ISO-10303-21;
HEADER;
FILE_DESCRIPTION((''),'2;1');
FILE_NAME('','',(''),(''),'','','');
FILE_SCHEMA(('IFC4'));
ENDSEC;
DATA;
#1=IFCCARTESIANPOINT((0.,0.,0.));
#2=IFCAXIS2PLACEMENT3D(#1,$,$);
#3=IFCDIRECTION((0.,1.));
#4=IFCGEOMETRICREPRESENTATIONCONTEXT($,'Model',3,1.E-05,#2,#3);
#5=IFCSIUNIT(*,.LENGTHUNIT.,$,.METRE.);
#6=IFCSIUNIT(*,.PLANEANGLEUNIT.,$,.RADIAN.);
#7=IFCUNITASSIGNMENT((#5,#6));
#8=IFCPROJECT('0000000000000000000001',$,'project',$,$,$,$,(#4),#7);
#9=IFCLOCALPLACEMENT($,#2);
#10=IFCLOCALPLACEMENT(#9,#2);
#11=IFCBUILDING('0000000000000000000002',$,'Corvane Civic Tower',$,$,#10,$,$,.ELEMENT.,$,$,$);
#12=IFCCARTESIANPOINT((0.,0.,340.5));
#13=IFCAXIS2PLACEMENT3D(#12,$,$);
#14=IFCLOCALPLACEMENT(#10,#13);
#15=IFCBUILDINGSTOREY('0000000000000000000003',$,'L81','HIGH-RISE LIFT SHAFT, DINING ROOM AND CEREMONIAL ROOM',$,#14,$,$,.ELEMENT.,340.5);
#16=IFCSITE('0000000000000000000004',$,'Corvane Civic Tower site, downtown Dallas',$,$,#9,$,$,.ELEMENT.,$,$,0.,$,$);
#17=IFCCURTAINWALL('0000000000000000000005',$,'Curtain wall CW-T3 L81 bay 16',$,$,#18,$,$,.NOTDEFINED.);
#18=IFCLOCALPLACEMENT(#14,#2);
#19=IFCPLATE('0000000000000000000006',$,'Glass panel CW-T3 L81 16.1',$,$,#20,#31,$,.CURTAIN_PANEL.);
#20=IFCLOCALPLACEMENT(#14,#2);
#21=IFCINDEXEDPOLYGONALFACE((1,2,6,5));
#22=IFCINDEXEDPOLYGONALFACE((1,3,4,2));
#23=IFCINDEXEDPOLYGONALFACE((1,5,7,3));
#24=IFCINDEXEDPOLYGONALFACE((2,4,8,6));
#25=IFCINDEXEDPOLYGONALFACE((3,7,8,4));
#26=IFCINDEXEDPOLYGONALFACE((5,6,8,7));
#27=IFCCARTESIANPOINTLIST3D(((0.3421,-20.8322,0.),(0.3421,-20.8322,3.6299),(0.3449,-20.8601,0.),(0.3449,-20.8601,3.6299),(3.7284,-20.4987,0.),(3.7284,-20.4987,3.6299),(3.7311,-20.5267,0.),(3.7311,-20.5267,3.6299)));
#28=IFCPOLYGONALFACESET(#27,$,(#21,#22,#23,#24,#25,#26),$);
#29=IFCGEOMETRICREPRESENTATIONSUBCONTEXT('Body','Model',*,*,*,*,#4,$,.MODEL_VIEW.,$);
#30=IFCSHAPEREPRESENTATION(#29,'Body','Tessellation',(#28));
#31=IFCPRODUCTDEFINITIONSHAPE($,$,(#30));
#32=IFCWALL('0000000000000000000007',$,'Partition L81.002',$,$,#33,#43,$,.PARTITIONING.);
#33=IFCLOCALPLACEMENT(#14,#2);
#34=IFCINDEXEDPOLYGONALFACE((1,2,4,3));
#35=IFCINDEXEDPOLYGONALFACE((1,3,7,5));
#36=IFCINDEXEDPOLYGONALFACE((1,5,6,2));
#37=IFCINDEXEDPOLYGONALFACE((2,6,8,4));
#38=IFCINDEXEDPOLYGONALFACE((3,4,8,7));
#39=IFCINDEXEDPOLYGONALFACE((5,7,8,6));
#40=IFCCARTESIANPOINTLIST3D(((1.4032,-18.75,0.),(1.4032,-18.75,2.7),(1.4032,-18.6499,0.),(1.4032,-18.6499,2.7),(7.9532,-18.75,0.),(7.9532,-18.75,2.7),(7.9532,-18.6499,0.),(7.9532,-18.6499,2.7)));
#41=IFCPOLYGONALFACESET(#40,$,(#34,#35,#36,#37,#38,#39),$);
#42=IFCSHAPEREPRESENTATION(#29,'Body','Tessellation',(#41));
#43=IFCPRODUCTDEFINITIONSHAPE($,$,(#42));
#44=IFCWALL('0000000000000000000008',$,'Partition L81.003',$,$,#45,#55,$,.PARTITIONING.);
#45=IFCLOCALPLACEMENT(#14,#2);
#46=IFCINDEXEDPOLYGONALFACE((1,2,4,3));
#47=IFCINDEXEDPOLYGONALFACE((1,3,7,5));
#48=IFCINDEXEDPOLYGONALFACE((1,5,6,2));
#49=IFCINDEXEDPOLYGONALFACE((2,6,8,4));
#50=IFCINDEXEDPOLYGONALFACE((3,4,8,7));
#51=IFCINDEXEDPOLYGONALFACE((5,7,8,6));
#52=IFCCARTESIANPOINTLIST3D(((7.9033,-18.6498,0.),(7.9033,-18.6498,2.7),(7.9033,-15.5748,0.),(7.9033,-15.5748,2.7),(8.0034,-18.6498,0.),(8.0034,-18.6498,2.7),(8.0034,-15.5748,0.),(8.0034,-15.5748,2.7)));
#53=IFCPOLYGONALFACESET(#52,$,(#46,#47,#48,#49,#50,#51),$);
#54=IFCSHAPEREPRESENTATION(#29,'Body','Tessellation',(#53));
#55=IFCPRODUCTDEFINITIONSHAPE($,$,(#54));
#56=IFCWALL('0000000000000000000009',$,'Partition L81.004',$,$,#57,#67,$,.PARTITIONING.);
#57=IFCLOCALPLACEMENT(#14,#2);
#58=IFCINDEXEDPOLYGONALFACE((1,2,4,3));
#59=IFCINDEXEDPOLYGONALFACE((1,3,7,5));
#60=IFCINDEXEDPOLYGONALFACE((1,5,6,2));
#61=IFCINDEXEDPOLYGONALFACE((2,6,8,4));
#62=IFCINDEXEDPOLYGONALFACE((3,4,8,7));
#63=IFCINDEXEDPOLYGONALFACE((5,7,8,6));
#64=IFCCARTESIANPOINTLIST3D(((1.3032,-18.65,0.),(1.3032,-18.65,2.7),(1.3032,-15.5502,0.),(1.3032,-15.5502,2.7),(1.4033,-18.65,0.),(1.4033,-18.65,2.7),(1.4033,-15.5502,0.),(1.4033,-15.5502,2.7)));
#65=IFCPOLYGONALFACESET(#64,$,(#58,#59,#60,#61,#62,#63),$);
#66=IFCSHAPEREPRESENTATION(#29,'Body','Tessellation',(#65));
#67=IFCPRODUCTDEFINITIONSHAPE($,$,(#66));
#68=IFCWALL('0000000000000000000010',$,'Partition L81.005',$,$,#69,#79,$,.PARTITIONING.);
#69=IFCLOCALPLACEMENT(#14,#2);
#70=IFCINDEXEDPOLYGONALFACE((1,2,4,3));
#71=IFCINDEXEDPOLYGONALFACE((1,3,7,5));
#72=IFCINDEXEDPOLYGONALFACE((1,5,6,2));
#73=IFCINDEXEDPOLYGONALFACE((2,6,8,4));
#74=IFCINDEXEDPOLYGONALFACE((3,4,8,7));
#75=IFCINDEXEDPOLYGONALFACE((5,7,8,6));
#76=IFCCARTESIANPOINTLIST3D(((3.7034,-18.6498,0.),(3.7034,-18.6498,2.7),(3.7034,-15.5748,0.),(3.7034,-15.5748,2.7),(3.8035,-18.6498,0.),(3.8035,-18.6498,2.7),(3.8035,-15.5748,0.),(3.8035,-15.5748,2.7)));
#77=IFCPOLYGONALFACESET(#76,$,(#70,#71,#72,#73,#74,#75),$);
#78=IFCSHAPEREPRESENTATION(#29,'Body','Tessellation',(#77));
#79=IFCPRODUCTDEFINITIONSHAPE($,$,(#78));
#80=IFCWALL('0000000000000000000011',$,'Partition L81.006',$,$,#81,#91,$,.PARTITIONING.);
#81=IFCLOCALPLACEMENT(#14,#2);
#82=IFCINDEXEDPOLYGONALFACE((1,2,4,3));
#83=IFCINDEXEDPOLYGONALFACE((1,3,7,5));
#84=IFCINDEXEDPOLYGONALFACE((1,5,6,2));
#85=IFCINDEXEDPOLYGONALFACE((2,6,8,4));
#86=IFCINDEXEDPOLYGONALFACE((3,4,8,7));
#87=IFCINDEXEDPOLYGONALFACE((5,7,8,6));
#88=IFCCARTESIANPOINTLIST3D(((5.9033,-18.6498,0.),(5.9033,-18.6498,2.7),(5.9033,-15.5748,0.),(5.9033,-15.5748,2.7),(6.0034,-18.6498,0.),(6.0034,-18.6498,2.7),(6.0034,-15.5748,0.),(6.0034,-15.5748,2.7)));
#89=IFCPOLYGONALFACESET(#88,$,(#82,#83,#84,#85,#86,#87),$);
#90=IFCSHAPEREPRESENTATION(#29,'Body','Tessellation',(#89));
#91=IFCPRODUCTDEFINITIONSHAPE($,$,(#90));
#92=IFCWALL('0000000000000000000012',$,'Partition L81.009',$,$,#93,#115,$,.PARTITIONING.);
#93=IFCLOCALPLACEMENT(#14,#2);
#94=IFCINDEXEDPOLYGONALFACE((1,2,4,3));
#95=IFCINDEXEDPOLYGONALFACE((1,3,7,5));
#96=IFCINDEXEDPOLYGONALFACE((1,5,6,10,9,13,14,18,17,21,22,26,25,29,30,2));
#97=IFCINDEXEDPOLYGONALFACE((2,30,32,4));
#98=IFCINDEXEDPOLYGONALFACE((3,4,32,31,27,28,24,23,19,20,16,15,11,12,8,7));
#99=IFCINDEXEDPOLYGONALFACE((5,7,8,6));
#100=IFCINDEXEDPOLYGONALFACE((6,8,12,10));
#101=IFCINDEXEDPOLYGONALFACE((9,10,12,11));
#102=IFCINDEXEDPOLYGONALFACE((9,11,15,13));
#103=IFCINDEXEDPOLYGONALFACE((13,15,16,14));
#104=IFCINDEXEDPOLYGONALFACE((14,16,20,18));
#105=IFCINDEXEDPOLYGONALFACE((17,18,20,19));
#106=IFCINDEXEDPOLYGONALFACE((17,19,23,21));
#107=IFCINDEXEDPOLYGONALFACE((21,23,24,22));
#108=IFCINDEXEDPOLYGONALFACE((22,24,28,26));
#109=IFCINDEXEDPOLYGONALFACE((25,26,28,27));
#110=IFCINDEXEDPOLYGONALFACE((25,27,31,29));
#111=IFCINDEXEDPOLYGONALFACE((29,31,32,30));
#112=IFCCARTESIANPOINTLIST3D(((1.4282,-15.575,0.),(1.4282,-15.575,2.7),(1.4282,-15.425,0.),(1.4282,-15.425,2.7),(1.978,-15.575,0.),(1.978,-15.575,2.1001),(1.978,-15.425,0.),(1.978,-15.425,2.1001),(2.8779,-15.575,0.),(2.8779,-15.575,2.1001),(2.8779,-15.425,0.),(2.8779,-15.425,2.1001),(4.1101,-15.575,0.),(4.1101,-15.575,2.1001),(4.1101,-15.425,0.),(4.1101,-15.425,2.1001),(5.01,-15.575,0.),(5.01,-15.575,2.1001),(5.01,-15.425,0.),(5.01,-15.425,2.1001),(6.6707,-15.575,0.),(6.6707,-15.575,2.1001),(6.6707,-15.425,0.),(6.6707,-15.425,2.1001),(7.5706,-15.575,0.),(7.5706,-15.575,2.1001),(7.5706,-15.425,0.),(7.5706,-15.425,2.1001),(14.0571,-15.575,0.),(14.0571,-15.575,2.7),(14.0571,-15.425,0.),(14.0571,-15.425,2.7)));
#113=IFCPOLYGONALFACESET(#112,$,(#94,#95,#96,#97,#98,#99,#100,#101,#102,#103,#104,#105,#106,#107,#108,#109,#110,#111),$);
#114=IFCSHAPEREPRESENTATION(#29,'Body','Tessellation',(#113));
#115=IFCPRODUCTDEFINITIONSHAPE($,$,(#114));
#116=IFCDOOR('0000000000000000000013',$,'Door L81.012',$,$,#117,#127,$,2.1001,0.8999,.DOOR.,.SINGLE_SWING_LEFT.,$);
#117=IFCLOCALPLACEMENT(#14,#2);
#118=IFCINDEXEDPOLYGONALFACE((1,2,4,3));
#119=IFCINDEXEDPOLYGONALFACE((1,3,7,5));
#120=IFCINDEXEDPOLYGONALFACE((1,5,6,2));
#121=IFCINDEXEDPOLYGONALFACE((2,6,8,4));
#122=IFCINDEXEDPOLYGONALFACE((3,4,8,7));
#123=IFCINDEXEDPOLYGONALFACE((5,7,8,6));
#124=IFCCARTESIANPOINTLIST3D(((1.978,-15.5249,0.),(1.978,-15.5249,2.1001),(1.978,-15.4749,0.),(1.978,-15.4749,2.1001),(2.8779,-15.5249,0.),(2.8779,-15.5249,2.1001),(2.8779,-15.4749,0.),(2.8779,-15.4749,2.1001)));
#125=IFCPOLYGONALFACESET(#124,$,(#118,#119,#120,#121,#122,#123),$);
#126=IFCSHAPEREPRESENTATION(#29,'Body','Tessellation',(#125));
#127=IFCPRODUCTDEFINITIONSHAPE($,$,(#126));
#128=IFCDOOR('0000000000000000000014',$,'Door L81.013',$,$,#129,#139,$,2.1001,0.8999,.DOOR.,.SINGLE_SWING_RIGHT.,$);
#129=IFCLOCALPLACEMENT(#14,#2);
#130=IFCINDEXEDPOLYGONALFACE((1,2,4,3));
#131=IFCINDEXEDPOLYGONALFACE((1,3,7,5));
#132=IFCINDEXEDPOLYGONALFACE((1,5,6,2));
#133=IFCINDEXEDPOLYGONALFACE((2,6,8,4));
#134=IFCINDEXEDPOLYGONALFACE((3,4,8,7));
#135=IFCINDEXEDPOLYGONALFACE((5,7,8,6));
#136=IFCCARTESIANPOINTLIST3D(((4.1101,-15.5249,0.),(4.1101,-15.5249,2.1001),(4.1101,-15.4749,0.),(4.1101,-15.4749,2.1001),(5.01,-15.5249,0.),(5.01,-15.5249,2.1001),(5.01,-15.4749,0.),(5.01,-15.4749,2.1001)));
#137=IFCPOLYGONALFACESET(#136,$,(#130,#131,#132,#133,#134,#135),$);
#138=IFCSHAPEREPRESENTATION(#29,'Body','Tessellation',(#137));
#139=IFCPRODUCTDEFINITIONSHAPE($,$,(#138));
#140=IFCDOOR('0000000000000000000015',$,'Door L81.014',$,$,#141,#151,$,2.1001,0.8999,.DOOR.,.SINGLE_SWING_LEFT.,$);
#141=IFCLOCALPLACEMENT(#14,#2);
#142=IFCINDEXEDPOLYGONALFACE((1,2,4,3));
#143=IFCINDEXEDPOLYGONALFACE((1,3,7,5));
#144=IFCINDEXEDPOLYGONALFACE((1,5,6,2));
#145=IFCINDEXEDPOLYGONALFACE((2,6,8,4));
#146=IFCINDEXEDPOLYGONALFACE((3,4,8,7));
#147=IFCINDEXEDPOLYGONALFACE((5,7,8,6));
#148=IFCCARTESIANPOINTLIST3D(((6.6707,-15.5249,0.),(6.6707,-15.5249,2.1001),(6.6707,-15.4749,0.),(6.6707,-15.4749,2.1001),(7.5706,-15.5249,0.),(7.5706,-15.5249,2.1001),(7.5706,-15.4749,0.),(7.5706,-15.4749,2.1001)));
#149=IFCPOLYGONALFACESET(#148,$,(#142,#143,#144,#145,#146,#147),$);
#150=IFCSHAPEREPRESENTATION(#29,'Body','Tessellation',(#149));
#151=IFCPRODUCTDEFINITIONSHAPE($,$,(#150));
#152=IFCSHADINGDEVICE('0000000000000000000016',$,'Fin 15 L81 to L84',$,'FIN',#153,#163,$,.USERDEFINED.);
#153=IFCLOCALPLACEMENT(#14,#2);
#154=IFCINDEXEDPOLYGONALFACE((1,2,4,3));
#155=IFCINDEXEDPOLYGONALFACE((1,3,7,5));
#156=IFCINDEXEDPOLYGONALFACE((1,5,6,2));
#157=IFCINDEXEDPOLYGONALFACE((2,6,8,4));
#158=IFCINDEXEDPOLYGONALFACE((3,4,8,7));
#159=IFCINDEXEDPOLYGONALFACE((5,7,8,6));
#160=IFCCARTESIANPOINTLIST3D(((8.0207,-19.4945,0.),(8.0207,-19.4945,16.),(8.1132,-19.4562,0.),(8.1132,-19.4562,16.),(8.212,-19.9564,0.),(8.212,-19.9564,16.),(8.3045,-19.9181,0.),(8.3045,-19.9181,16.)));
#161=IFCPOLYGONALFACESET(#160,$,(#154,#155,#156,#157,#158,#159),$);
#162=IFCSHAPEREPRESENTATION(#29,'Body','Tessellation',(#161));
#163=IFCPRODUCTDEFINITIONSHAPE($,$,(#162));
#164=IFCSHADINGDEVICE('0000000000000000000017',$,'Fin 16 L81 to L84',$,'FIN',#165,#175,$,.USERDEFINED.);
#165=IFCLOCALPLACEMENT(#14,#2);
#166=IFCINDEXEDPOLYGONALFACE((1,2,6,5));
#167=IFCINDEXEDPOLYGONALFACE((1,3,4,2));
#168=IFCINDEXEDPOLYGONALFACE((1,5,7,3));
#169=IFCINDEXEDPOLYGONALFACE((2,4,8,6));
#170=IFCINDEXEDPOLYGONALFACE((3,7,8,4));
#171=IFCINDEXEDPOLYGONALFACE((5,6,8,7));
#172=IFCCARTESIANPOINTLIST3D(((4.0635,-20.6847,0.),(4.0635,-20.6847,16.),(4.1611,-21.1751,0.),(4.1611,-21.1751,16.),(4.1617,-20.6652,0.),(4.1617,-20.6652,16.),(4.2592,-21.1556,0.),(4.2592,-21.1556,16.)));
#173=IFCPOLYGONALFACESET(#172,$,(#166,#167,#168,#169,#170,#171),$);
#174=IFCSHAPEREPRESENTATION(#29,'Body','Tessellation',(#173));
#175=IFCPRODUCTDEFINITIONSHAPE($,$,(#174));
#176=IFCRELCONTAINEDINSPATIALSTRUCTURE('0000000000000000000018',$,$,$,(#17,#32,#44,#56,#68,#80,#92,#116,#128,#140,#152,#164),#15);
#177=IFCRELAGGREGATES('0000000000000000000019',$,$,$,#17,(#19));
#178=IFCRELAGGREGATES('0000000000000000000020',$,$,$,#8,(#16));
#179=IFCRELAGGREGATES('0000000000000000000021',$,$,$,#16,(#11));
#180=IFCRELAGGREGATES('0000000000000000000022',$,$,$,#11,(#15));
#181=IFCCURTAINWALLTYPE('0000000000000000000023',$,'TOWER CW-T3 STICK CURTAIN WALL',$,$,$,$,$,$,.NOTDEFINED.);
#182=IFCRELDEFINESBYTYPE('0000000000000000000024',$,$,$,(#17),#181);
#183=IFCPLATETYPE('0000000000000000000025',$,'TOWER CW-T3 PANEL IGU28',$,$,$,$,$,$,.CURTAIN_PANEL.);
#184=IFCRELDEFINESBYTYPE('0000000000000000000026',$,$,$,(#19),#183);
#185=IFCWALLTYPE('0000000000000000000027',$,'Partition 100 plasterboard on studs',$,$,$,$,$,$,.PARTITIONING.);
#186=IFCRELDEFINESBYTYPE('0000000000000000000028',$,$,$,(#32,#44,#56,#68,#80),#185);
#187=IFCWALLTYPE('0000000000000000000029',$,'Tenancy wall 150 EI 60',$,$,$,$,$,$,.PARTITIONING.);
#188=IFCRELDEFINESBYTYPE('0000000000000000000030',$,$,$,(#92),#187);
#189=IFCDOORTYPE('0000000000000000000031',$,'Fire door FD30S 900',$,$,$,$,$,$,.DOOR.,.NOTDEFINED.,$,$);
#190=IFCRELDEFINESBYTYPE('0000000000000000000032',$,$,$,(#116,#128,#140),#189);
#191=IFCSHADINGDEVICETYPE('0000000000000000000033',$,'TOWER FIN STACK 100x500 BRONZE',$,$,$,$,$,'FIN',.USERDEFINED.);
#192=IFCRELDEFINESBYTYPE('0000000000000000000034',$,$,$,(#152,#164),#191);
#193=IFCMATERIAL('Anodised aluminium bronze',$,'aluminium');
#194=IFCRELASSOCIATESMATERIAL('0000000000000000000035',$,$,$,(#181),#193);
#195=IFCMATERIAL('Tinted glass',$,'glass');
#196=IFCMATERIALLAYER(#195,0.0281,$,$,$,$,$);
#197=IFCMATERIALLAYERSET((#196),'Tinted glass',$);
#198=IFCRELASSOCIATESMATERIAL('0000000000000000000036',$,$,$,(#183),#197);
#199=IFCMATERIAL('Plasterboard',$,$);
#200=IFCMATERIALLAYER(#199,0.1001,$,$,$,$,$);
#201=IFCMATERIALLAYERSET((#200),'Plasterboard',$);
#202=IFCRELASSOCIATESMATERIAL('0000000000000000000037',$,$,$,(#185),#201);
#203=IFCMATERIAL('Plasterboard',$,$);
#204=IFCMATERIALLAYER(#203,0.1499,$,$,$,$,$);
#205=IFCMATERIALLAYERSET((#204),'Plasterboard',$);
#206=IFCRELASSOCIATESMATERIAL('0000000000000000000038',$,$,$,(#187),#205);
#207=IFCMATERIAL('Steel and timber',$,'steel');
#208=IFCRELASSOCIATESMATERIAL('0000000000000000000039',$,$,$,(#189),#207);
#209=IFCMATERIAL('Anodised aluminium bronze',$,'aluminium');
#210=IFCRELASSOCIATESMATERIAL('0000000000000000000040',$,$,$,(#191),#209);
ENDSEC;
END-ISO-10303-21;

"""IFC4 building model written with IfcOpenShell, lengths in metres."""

from ifc_helpers import new_model, si_unit, direction, frame, frame_2d, origin, origin_2d, place, context, subcontext, project, spatial, rectangle, extrude, material, layer, layer_set, material_profile, profile_set, type_object, element, fill, aggregate, save


model = new_model("IFC4")

# Units and contexts
model_context = context("Model", 3, precision=1e-05, world=origin(), true_north=direction((0.0, 1.0)))
body_context = subcontext(model_context, "Body", "Model", "MODEL_VIEW")
ifc_project = project(units=[si_unit("LENGTHUNIT", "METRE"), si_unit("PLANEANGLEUNIT", "RADIAN")], contexts=[model_context])

# Site, building, storey
site_placement = place(None, origin())
site = spatial("IfcSite", under=ifc_project, at=site_placement, Name="Corvane Civic Tower site, downtown Dallas", CompositionType="ELEMENT", RefElevation=0.0)
building_placement = place(site_placement, origin())
building = spatial("IfcBuilding", under=site, at=building_placement, Name="Corvane Civic Tower", CompositionType="ELEMENT")
storey_placement = place(building_placement, frame((0.0, 0.0, 340.5)))
storey = spatial("IfcBuildingStorey", under=building, at=storey_placement, Name="L81", Description="HIGH-RISE LIFT SHAFT, DINING ROOM AND CEREMONIAL ROOM", CompositionType="ELEMENT", Elevation=340.5)

# Curtain wall
ifc_material_1 = material(Name="Anodised aluminium bronze", Category="aluminium")
curtain_wall_type = type_object("IfcCurtainWallType", Name="TOWER CW-T3 STICK CURTAIN WALL", PredefinedType="NOTDEFINED", material=ifc_material_1)
curtain_wall_1_placement = place(storey_placement, origin())
curtain_wall_1 = element("IfcCurtainWall", 1, at=curtain_wall_1_placement, inside=storey, type_object=curtain_wall_type, Name="Curtain wall CW-T3 L81 bay 16", PredefinedType="NOTDEFINED")

# Shared definitions
ifc_material_2 = material(Name="Tinted glass", Category="glass")
ifc_layer_1 = layer(ifc_material_2, 0.0281)
ifc_layer_set_1 = layer_set([ifc_layer_1], Name="Tinted glass")
plate_type = type_object("IfcPlateType", Name="TOWER CW-T3 PANEL IGU28", PredefinedType="CURTAIN_PANEL", material=ifc_layer_set_1)

# Plate
plate_1_placement = place(storey_placement, frame((2.0366, -20.6794, 0.0), z_axis=(0.0, 0.0, 1.0), x_axis=(-0.995187, -0.097998, 0.0)))
plate_1 = element("IfcPlate", 2, at=plate_1_placement, type_object=plate_type, Name="Glass panel CW-T3 L81 16.1", PredefinedType="CURTAIN_PANEL", context=body_context, shape_type="SweptSolid", body=[
    extrude(rectangle(XDim=3.4026, YDim=0.0281, at=origin_2d()), origin(), (0.0, 0.0, 1.0), 3.6299),
])
aggregate(curtain_wall_1, [plate_1])

# Walls
ifc_material_3 = material(Name="Plasterboard")
ifc_layer_2 = layer(ifc_material_3, 0.1001)
ifc_layer_set_2 = layer_set([ifc_layer_2], Name="Plasterboard")
wall_type_1 = type_object("IfcWallType", Name="Partition 100 plasterboard on studs", PredefinedType="PARTITIONING", material=ifc_layer_set_2)
wall_1_placement = place(storey_placement, frame((1.4033, -18.7, 0.0), z_axis=(0.0, 0.0, 1.0), x_axis=(1.0, 0.0, 0.0)))
element("IfcWall", 3, at=wall_1_placement, inside=storey, type_object=wall_type_1, Name="Partition L81.002", PredefinedType="PARTITIONING", context=body_context, shape_type="SweptSolid", body=[
    extrude(rectangle(XDim=6.55, YDim=0.1001, at=frame_2d((3.2749, 0.0))), origin(), (0.0, 0.0, 1.0), 2.7),
])
wall_2_placement = place(storey_placement, frame((7.9534, -18.6499, 0.0), z_axis=(0.0, 0.0, 1.0), x_axis=(0.0, 1.0, 0.0)))
element("IfcWall", 4, at=wall_2_placement, inside=storey, type_object=wall_type_1, Name="Partition L81.003", PredefinedType="PARTITIONING", context=body_context, shape_type="SweptSolid", body=[
    extrude(rectangle(XDim=3.075, YDim=0.1001, at=frame_2d((1.5376, 0.0))), origin(), (0.0, 0.0, 1.0), 2.7),
])
wall_3_placement = place(storey_placement, frame((1.3533, -18.6499, 0.0), z_axis=(0.0, 0.0, 1.0), x_axis=(0.0, 1.0, 0.0)))
element("IfcWall", 5, at=wall_3_placement, inside=storey, type_object=wall_type_1, Name="Partition L81.004", PredefinedType="PARTITIONING", context=body_context, shape_type="SweptSolid", body=[
    extrude(rectangle(XDim=3.0999, YDim=0.1001, at=frame_2d((1.5498, 0.0))), origin(), (0.0, 0.0, 1.0), 2.7),
])
for number, where, z_axis, x_axis, name in (
    (6, (3.7534, -18.6499, 0.0), (0.0, 0.0, 1.0), (0.0, 1.0, 0.0), "Partition L81.005"),
    (7, (5.9534, -18.6499, 0.0), (0.0, 0.0, 1.0), (0.0, 1.0, 0.0), "Partition L81.006"),
):
    element("IfcWall", number, at=place(storey_placement, frame(where, z_axis=z_axis, x_axis=x_axis)), inside=storey, type_object=wall_type_1, Name=name, PredefinedType="PARTITIONING", context=body_context, shape_type="SweptSolid", body=[
        extrude(rectangle(XDim=3.075, YDim=0.1001, at=frame_2d((1.5376, 0.0))), origin(), (0.0, 0.0, 1.0), 2.7),
    ])

# Wall, openings, doors
ifc_material_4 = material(Name="Plasterboard")
ifc_layer_3 = layer(ifc_material_4, 0.1499)
ifc_layer_set_3 = layer_set([ifc_layer_3], Name="Plasterboard")
wall_type_2 = type_object("IfcWallType", Name="Tenancy wall 150 EI 60", PredefinedType="PARTITIONING", material=ifc_layer_set_3)
wall_4_placement = place(storey_placement, frame((1.4282, -15.5, 0.0), z_axis=(0.0, 0.0, 1.0), x_axis=(1.0, 0.0, 0.0)))
wall_4 = element("IfcWall", 8, at=wall_4_placement, inside=storey, type_object=wall_type_2, Name="Partition L81.009", PredefinedType="PARTITIONING", context=body_context, shape_type="SweptSolid", body=[
    extrude(rectangle(XDim=12.6289, YDim=0.1499, at=frame_2d((6.3145, 0.0))), origin(), (0.0, 0.0, 1.0), 2.7),
])
opening_1_placement = place(wall_4_placement, frame((0.5498, 0.0, 0.0)))
opening_1 = element("IfcOpeningElement", 9, at=opening_1_placement, cuts=wall_4, PredefinedType="OPENING", context=body_context, shape_type="SweptSolid", body=[
    extrude(rectangle(XDim=0.8999, YDim=2.1001, at=frame_2d((0.45, 1.05))), frame((0.0, 0.085, 0.0), z_axis=(0.0, -1.0, 0.0), x_axis=(1.0, 0.0, 0.0)), (0.0, 0.0, 1.0), 0.1699),
])
opening_2_placement = place(wall_4_placement, frame((2.6819, 0.0, 0.0)))
opening_2 = element("IfcOpeningElement", 10, at=opening_2_placement, cuts=wall_4, PredefinedType="OPENING", context=body_context, shape_type="SweptSolid", body=[
    extrude(rectangle(XDim=0.8999, YDim=2.1001, at=frame_2d((0.45, 1.05))), frame((0.0, 0.085, 0.0), z_axis=(0.0, -1.0, 0.0), x_axis=(1.0, 0.0, 0.0)), (0.0, 0.0, 1.0), 0.1699),
])
opening_3_placement = place(wall_4_placement, frame((5.2424, 0.0, 0.0)))
opening_3 = element("IfcOpeningElement", 11, at=opening_3_placement, cuts=wall_4, PredefinedType="OPENING", context=body_context, shape_type="SweptSolid", body=[
    extrude(rectangle(XDim=0.8999, YDim=2.1001, at=frame_2d((0.45, 1.05))), frame((0.0, 0.085, 0.0), z_axis=(0.0, -1.0, 0.0), x_axis=(1.0, 0.0, 0.0)), (0.0, 0.0, 1.0), 0.1699),
])
ifc_material_5 = material(Name="Steel and timber", Category="steel")
door_type = type_object("IfcDoorType", Name="Fire door FD30S 900", OperationType="NOTDEFINED", PredefinedType="DOOR", material=ifc_material_5)
door_1_placement = place(opening_1_placement, frame((0.8999, 0.0, 0.0), z_axis=(0.0, 0.0, 1.0), x_axis=(-1.0, 0.0, 0.0)))
door_1 = element("IfcDoor", 12, at=door_1_placement, inside=storey, type_object=door_type, Name="Door L81.012", OperationType="SINGLE_SWING_LEFT", OverallHeight=2.1001, OverallWidth=0.8999, PredefinedType="DOOR", context=body_context, shape_type="SweptSolid", body=[
    extrude(rectangle(XDim=0.8999, YDim=2.1001, at=frame_2d((0.45, 1.05))), frame((0.0, 0.0249, 0.0), z_axis=(0.0, -1.0, 0.0), x_axis=(1.0, 0.0, 0.0)), (0.0, 0.0, 1.0), 0.05),
])
fill(opening_1, door_1)
door_2_placement = place(opening_2_placement, frame((0.8999, 0.0, 0.0), z_axis=(0.0, 0.0, 1.0), x_axis=(-1.0, 0.0, 0.0)))
door_2 = element("IfcDoor", 13, at=door_2_placement, inside=storey, type_object=door_type, Name="Door L81.013", OperationType="SINGLE_SWING_RIGHT", OverallHeight=2.1001, OverallWidth=0.8999, PredefinedType="DOOR", context=body_context, shape_type="SweptSolid", body=[
    extrude(rectangle(XDim=0.8999, YDim=2.1001, at=frame_2d((0.45, 1.05))), frame((0.0, 0.0249, 0.0), z_axis=(0.0, -1.0, 0.0), x_axis=(1.0, 0.0, 0.0)), (0.0, 0.0, 1.0), 0.05),
])
fill(opening_2, door_2)
door_3_placement = place(opening_3_placement, frame((0.8999, 0.0, 0.0), z_axis=(0.0, 0.0, 1.0), x_axis=(-1.0, 0.0, 0.0)))
door_3 = element("IfcDoor", 14, at=door_3_placement, inside=storey, type_object=door_type, Name="Door L81.014", OperationType="SINGLE_SWING_LEFT", OverallHeight=2.1001, OverallWidth=0.8999, PredefinedType="DOOR", context=body_context, shape_type="SweptSolid", body=[
    extrude(rectangle(XDim=0.8999, YDim=2.1001, at=frame_2d((0.45, 1.05))), frame((0.0, 0.0249, 0.0), z_axis=(0.0, -1.0, 0.0), x_axis=(1.0, 0.0, 0.0)), (0.0, 0.0, 1.0), 0.05),
])
fill(opening_3, door_3)

# Shading devices
ifc_material_6 = material(Name="Anodised aluminium bronze", Category="aluminium")
ifc_material_profile_1 = material_profile(ifc_material_6, rectangle(XDim=0.1001, YDim=0.5, at=origin_2d()), Name="TOWER FIN STACK 100x500 BRONZE")
ifc_profile_set_1 = profile_set([ifc_material_profile_1], Name="Anodised aluminium bronze")
shading_device_type = type_object("IfcShadingDeviceType", Name="TOWER FIN STACK 100x500 BRONZE", ElementType="FIN", PredefinedType="USERDEFINED", material=ifc_profile_set_1)
for number, where, z_axis, x_axis, name in (
    (15, (8.1626, -19.7063, 0.0), (0.0, 0.0, 1.0), (-0.92388, -0.382683, 0.0), "Fin 15 L81 to L84"),
    (16, (4.1614, -20.9202, 0.0), (0.0, 0.0, 1.0), (-0.980785, -0.19509, 0.0), "Fin 16 L81 to L84"),
):
    element("IfcShadingDevice", number, at=place(storey_placement, frame(where, z_axis=z_axis, x_axis=x_axis)), inside=storey, type_object=shading_device_type, Name=name, ObjectType="FIN", PredefinedType="USERDEFINED", context=body_context, shape_type="SweptSolid", body=[
        extrude(rectangle(XDim=0.1001, YDim=0.5, at=origin_2d()), origin(), (0.0, 0.0, 1.0), 16.0),
    ])

save(model, "model.ifc")
